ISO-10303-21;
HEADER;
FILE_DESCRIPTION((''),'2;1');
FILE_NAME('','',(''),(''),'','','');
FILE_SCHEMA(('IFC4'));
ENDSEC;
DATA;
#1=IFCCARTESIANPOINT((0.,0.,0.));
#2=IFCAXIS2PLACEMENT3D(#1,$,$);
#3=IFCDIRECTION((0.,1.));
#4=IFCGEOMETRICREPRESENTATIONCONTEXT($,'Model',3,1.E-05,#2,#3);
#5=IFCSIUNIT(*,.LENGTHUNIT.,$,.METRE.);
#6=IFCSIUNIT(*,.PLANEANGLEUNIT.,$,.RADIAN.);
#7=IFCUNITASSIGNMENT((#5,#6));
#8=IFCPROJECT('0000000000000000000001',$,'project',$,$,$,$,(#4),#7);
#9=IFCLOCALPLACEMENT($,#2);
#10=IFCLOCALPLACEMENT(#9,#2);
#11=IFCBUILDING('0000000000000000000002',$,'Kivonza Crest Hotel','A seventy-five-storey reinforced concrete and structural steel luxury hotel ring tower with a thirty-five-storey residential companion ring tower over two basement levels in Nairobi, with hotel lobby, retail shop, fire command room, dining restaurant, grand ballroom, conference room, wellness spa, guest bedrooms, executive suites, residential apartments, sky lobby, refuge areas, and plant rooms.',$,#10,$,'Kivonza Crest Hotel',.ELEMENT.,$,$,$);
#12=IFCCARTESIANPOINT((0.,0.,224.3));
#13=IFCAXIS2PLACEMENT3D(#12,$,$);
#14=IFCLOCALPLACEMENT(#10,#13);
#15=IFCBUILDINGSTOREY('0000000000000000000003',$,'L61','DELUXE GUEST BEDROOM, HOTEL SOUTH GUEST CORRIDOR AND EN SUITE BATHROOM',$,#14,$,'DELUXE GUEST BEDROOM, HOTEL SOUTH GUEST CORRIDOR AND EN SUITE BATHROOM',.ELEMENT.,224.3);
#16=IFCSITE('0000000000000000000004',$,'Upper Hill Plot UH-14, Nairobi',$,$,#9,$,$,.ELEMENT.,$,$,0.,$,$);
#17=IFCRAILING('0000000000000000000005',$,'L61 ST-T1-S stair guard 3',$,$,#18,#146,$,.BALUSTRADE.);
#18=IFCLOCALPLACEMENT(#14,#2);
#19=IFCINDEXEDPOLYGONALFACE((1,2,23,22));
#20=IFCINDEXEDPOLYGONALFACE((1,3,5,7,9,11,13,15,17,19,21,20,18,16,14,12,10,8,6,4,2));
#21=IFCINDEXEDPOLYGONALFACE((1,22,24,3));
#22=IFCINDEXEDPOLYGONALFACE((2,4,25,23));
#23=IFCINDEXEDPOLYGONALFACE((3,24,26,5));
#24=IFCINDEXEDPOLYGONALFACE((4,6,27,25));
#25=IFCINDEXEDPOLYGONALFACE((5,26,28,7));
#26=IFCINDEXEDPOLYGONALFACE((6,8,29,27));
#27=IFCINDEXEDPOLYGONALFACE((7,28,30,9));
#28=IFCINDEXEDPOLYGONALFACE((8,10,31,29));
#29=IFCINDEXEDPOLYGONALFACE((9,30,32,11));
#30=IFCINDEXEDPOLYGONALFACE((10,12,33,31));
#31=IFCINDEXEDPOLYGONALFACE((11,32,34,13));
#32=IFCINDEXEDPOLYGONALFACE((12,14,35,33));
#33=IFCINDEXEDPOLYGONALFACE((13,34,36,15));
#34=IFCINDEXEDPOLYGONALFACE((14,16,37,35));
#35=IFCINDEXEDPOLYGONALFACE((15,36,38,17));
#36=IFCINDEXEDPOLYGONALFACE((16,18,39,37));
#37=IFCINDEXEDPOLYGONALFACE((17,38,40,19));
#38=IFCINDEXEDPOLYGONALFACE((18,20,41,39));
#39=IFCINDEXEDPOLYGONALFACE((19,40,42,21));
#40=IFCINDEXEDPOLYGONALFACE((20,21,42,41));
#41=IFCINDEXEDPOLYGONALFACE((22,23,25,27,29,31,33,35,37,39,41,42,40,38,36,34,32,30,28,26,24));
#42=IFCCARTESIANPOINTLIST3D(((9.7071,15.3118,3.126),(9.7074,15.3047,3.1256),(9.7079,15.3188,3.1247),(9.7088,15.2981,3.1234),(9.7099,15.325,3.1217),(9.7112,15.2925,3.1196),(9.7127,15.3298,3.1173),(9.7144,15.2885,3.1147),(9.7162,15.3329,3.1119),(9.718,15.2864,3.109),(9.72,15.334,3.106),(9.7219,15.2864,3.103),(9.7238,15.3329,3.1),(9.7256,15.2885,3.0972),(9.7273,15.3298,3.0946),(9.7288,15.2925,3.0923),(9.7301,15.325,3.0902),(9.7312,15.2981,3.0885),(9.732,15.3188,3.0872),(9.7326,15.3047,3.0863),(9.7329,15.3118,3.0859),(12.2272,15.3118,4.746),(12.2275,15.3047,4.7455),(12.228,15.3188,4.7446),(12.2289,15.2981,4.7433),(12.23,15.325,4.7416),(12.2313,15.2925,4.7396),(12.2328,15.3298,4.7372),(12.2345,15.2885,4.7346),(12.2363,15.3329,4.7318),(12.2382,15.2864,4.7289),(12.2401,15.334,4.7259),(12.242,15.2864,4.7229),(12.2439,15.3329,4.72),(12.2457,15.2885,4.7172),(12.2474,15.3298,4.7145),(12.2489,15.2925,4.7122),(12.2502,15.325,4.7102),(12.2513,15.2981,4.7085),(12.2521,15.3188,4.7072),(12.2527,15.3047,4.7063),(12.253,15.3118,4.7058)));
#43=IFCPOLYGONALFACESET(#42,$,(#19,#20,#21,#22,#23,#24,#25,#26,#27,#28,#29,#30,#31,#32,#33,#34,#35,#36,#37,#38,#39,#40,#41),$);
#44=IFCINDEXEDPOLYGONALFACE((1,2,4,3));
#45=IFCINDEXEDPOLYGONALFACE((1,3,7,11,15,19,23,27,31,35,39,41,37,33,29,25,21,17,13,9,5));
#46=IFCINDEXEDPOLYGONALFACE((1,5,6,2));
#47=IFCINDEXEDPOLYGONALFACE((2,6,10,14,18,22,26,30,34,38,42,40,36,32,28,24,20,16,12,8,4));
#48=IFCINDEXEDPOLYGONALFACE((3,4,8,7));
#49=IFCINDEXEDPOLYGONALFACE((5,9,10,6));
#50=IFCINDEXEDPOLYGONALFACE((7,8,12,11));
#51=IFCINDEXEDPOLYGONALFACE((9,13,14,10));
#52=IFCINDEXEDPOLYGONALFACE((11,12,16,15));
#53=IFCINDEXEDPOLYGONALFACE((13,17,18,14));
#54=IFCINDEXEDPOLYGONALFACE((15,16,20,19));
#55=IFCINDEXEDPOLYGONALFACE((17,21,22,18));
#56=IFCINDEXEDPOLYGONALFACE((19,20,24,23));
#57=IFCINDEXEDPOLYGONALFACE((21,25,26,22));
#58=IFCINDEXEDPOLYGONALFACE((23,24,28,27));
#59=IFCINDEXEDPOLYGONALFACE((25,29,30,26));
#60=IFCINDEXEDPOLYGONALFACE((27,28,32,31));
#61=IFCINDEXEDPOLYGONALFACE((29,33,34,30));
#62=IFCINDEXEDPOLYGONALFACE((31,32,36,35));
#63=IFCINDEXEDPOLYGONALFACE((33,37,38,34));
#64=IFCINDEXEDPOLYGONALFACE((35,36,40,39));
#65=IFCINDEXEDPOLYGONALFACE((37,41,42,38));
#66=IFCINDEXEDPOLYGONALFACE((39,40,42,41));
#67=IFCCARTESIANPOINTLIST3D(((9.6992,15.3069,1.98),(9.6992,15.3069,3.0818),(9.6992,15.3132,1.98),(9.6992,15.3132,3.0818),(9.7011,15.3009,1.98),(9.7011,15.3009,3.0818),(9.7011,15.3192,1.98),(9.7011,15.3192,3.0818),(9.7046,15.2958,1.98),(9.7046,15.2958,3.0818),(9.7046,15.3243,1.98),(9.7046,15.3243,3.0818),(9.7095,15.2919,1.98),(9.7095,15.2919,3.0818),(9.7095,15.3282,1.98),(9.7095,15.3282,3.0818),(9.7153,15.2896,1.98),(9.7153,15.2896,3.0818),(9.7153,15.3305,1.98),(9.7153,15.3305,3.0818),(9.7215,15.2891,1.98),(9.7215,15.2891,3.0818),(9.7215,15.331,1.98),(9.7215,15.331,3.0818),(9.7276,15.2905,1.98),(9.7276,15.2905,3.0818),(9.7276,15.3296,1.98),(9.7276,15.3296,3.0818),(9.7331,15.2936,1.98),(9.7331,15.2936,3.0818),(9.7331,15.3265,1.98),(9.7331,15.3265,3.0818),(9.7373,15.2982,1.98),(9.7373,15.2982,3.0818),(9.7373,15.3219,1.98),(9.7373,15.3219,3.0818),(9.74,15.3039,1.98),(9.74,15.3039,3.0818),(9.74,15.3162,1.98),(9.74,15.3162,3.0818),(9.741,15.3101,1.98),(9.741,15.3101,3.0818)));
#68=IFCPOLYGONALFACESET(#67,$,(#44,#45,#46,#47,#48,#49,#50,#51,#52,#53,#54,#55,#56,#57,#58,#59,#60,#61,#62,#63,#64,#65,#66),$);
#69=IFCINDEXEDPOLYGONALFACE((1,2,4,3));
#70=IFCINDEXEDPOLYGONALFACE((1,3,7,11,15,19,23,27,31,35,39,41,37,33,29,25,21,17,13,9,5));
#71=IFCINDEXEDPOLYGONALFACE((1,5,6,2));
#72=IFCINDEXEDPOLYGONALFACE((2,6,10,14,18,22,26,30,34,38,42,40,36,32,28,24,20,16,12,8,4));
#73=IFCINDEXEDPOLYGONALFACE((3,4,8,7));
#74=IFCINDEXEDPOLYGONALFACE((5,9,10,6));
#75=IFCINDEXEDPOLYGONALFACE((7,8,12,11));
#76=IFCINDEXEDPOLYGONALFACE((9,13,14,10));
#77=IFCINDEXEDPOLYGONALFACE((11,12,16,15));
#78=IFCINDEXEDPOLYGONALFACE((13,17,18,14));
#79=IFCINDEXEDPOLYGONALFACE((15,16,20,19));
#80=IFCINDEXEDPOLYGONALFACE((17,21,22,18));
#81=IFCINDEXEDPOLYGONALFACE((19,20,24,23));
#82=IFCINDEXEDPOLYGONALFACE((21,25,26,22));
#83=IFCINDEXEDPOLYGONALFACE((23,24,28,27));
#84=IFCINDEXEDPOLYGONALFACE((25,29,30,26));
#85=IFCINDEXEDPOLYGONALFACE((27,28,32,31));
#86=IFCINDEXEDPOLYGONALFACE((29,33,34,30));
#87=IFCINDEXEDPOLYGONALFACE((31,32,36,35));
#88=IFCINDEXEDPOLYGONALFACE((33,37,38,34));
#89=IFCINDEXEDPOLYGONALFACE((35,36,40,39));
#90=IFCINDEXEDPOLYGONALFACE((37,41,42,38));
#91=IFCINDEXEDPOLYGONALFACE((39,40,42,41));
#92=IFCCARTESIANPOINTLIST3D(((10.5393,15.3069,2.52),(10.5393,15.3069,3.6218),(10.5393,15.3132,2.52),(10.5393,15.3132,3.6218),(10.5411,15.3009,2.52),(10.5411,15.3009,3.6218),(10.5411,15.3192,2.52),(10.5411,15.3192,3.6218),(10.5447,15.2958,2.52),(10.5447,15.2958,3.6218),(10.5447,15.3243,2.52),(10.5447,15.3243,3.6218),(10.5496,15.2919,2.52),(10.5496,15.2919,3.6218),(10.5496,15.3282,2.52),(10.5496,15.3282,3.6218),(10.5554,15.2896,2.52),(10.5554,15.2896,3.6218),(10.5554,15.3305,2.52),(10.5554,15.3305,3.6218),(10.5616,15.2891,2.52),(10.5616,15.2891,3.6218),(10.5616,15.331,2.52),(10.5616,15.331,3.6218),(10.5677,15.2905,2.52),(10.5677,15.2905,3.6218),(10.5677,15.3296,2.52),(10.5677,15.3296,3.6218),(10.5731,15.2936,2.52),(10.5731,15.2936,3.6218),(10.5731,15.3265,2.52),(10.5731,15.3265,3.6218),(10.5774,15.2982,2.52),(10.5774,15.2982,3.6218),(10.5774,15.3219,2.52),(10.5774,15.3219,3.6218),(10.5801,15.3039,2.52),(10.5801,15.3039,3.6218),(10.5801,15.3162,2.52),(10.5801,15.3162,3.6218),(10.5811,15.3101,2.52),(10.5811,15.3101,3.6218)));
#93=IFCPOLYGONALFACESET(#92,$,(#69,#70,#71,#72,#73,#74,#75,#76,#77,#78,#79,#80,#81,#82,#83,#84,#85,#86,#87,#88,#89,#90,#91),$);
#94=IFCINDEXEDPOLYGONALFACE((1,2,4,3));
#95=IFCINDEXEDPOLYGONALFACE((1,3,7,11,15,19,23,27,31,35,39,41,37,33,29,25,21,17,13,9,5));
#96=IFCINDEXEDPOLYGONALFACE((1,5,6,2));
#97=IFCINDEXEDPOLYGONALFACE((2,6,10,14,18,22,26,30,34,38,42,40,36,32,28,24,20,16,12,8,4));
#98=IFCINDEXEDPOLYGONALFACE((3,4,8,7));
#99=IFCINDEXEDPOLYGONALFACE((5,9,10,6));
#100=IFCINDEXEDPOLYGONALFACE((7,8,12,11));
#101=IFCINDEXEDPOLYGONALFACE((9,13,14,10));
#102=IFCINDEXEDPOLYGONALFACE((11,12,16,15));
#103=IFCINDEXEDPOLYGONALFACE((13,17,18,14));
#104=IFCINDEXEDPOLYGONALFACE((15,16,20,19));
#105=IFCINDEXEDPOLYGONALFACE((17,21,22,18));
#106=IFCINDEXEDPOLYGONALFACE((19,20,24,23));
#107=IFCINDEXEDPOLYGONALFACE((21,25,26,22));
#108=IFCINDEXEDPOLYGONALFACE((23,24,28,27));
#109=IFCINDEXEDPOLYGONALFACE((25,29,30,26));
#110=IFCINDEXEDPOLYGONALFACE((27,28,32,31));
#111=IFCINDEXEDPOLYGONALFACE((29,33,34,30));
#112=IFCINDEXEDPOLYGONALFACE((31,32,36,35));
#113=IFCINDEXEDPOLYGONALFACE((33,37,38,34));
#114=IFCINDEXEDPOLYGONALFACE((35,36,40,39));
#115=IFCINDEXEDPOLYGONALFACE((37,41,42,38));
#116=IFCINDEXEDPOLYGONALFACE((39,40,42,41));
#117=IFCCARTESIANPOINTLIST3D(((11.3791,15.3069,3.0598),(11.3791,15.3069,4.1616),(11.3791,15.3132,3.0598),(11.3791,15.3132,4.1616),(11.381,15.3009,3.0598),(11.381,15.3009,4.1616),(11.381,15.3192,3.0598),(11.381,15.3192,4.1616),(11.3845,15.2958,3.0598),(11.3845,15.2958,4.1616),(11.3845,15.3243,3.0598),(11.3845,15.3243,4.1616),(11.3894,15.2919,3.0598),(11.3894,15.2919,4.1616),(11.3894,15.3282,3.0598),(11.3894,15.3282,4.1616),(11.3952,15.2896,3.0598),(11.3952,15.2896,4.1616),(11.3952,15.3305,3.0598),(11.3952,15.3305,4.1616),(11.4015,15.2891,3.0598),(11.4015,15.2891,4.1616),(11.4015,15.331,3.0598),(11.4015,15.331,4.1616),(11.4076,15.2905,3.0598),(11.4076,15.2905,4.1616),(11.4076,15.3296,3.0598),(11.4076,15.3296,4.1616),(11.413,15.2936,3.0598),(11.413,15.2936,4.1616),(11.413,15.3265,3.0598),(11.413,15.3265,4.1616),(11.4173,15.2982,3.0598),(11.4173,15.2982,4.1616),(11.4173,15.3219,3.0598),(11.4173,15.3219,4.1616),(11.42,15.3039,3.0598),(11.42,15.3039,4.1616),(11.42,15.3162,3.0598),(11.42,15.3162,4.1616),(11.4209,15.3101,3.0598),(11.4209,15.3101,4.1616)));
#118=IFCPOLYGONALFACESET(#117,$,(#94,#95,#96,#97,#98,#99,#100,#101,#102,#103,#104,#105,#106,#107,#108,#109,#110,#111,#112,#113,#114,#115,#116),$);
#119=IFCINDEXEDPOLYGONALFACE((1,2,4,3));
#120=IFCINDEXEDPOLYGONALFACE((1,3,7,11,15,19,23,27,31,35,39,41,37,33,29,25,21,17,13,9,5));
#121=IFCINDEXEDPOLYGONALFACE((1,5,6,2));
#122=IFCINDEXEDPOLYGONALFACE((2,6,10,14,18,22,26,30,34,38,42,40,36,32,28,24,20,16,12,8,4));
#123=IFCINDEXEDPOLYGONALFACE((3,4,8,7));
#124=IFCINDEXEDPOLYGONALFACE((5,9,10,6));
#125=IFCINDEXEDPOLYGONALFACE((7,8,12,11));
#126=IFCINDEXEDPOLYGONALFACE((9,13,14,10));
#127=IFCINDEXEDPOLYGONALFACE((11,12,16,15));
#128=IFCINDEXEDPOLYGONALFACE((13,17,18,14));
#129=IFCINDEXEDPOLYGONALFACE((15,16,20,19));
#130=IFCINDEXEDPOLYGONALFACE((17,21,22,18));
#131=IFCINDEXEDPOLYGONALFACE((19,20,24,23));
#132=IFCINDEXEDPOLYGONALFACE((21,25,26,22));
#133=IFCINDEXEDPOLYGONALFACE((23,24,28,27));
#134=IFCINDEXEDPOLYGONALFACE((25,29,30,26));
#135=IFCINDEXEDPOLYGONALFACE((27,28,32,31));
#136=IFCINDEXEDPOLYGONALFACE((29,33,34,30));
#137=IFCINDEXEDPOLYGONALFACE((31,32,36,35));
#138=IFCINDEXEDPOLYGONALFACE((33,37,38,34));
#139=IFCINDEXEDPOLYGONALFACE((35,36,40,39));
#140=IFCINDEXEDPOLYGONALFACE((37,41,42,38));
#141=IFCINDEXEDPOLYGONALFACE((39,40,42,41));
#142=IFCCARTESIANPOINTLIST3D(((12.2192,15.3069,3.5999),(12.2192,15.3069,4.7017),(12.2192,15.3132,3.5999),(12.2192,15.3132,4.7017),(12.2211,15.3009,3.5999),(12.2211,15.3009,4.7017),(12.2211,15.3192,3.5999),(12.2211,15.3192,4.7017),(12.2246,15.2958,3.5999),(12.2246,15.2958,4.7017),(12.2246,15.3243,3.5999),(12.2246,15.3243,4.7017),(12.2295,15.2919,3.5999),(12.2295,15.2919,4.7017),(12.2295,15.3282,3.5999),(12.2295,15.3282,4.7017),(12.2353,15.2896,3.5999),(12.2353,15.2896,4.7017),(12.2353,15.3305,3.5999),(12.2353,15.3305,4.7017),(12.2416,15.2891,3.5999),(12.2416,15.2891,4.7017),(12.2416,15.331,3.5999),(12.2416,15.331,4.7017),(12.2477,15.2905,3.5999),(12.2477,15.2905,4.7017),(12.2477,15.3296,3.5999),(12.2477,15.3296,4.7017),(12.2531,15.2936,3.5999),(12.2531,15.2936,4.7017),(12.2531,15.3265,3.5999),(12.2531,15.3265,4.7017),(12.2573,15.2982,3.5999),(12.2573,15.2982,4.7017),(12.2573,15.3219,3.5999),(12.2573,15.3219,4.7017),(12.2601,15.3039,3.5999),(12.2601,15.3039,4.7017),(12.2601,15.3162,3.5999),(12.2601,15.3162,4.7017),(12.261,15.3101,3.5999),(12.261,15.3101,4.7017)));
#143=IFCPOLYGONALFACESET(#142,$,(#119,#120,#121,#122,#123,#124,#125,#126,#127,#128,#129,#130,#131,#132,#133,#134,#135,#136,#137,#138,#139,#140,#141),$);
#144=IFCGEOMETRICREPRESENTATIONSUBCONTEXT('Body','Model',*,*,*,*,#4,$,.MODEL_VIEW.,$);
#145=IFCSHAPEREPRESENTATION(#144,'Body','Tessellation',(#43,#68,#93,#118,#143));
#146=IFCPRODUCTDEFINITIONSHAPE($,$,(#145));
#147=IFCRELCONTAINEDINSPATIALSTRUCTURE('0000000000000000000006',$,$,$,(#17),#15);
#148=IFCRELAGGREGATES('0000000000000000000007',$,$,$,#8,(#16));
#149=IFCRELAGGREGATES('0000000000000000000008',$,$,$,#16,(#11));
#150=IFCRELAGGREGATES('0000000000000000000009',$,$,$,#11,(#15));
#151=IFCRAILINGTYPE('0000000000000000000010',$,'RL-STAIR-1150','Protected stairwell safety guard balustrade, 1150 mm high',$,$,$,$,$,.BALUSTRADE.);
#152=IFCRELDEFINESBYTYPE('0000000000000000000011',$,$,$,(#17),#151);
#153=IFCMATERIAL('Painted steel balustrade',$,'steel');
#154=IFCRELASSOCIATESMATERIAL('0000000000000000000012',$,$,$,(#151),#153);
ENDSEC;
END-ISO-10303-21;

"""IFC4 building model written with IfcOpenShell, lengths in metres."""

from ifc_helpers import new_model, si_unit, direction, frame, origin, origin_2d, place, context, subcontext, project, spatial, circle, extrude, material, type_object, element, save


model = new_model("IFC4")

# Units and contexts
model_context = context("Model", 3, precision=1e-05, world=origin(), true_north=direction((0.0, 1.0)))
body_context = subcontext(model_context, "Body", "Model", "MODEL_VIEW")
ifc_project = project(units=[si_unit("LENGTHUNIT", "METRE"), si_unit("PLANEANGLEUNIT", "RADIAN")], contexts=[model_context])

# Site, building, storey
site_placement = place(None, origin())
site = spatial("IfcSite", under=ifc_project, at=site_placement, Name="Upper Hill Plot UH-14, Nairobi", CompositionType="ELEMENT", RefElevation=0.0)
building_placement = place(site_placement, origin())
building = spatial("IfcBuilding", under=site, at=building_placement, Name="Kivonza Crest Hotel", Description="A seventy-five-storey reinforced concrete and structural steel luxury hotel ring tower with a thirty-five-storey residential companion ring tower over two basement levels in Nairobi, with hotel lobby, retail shop, fire command room, dining restaurant, grand ballroom, conference room, wellness spa, guest bedrooms, executive suites, residential apartments, sky lobby, refuge areas, and plant rooms.", LongName="Kivonza Crest Hotel", CompositionType="ELEMENT")
storey_placement = place(building_placement, frame((0.0, 0.0, 224.3)))
storey = spatial("IfcBuildingStorey", under=building, at=storey_placement, Name="L61", Description="DELUXE GUEST BEDROOM, HOTEL SOUTH GUEST CORRIDOR AND EN SUITE BATHROOM", LongName="DELUXE GUEST BEDROOM, HOTEL SOUTH GUEST CORRIDOR AND EN SUITE BATHROOM", CompositionType="ELEMENT", Elevation=224.3)

# Railing
ifc_material_1 = material(Name="Painted steel balustrade", Category="steel")
railing_type_1 = type_object("IfcRailingType", Name="RL-STAIR-1150", Description="Protected stairwell safety guard balustrade, 1150 mm high", PredefinedType="BALUSTRADE", material=ifc_material_1)
railing_1_placement = place(storey_placement, frame((9.72, 15.3101, 1.98)))
element("IfcRailing", 1, at=railing_1_placement, inside=storey, type_object=railing_type_1, Name="L61 ST-T1-S stair guard 3", PredefinedType="BALUSTRADE", context=body_context, shape_type="SweptSolid", body=[
    extrude(circle(Radius=0.0239, at=origin_2d()), frame((0.0, 0.0, 1.126), z_axis=(0.8412, 0.0, 0.540725), x_axis=(0.0, 1.0, 0.0)), (0.0, 0.0, 1.0), 2.9958),
    extrude(circle(Radius=0.021, at=origin_2d()), origin(), (0.0, 0.0, 1.0), 1.1018),
    extrude(circle(Radius=0.021, at=origin_2d()), frame((0.8401, 0.0, 0.54)), (0.0, 0.0, 1.0), 1.1018),
    extrude(circle(Radius=0.021, at=origin_2d()), frame((1.6799, 0.0, 1.0798)), (0.0, 0.0, 1.0), 1.1018),
    extrude(circle(Radius=0.021, at=origin_2d()), frame((2.52, 0.0, 1.6199)), (0.0, 0.0, 1.0), 1.1018),
])

save(model, "model.ifc")
